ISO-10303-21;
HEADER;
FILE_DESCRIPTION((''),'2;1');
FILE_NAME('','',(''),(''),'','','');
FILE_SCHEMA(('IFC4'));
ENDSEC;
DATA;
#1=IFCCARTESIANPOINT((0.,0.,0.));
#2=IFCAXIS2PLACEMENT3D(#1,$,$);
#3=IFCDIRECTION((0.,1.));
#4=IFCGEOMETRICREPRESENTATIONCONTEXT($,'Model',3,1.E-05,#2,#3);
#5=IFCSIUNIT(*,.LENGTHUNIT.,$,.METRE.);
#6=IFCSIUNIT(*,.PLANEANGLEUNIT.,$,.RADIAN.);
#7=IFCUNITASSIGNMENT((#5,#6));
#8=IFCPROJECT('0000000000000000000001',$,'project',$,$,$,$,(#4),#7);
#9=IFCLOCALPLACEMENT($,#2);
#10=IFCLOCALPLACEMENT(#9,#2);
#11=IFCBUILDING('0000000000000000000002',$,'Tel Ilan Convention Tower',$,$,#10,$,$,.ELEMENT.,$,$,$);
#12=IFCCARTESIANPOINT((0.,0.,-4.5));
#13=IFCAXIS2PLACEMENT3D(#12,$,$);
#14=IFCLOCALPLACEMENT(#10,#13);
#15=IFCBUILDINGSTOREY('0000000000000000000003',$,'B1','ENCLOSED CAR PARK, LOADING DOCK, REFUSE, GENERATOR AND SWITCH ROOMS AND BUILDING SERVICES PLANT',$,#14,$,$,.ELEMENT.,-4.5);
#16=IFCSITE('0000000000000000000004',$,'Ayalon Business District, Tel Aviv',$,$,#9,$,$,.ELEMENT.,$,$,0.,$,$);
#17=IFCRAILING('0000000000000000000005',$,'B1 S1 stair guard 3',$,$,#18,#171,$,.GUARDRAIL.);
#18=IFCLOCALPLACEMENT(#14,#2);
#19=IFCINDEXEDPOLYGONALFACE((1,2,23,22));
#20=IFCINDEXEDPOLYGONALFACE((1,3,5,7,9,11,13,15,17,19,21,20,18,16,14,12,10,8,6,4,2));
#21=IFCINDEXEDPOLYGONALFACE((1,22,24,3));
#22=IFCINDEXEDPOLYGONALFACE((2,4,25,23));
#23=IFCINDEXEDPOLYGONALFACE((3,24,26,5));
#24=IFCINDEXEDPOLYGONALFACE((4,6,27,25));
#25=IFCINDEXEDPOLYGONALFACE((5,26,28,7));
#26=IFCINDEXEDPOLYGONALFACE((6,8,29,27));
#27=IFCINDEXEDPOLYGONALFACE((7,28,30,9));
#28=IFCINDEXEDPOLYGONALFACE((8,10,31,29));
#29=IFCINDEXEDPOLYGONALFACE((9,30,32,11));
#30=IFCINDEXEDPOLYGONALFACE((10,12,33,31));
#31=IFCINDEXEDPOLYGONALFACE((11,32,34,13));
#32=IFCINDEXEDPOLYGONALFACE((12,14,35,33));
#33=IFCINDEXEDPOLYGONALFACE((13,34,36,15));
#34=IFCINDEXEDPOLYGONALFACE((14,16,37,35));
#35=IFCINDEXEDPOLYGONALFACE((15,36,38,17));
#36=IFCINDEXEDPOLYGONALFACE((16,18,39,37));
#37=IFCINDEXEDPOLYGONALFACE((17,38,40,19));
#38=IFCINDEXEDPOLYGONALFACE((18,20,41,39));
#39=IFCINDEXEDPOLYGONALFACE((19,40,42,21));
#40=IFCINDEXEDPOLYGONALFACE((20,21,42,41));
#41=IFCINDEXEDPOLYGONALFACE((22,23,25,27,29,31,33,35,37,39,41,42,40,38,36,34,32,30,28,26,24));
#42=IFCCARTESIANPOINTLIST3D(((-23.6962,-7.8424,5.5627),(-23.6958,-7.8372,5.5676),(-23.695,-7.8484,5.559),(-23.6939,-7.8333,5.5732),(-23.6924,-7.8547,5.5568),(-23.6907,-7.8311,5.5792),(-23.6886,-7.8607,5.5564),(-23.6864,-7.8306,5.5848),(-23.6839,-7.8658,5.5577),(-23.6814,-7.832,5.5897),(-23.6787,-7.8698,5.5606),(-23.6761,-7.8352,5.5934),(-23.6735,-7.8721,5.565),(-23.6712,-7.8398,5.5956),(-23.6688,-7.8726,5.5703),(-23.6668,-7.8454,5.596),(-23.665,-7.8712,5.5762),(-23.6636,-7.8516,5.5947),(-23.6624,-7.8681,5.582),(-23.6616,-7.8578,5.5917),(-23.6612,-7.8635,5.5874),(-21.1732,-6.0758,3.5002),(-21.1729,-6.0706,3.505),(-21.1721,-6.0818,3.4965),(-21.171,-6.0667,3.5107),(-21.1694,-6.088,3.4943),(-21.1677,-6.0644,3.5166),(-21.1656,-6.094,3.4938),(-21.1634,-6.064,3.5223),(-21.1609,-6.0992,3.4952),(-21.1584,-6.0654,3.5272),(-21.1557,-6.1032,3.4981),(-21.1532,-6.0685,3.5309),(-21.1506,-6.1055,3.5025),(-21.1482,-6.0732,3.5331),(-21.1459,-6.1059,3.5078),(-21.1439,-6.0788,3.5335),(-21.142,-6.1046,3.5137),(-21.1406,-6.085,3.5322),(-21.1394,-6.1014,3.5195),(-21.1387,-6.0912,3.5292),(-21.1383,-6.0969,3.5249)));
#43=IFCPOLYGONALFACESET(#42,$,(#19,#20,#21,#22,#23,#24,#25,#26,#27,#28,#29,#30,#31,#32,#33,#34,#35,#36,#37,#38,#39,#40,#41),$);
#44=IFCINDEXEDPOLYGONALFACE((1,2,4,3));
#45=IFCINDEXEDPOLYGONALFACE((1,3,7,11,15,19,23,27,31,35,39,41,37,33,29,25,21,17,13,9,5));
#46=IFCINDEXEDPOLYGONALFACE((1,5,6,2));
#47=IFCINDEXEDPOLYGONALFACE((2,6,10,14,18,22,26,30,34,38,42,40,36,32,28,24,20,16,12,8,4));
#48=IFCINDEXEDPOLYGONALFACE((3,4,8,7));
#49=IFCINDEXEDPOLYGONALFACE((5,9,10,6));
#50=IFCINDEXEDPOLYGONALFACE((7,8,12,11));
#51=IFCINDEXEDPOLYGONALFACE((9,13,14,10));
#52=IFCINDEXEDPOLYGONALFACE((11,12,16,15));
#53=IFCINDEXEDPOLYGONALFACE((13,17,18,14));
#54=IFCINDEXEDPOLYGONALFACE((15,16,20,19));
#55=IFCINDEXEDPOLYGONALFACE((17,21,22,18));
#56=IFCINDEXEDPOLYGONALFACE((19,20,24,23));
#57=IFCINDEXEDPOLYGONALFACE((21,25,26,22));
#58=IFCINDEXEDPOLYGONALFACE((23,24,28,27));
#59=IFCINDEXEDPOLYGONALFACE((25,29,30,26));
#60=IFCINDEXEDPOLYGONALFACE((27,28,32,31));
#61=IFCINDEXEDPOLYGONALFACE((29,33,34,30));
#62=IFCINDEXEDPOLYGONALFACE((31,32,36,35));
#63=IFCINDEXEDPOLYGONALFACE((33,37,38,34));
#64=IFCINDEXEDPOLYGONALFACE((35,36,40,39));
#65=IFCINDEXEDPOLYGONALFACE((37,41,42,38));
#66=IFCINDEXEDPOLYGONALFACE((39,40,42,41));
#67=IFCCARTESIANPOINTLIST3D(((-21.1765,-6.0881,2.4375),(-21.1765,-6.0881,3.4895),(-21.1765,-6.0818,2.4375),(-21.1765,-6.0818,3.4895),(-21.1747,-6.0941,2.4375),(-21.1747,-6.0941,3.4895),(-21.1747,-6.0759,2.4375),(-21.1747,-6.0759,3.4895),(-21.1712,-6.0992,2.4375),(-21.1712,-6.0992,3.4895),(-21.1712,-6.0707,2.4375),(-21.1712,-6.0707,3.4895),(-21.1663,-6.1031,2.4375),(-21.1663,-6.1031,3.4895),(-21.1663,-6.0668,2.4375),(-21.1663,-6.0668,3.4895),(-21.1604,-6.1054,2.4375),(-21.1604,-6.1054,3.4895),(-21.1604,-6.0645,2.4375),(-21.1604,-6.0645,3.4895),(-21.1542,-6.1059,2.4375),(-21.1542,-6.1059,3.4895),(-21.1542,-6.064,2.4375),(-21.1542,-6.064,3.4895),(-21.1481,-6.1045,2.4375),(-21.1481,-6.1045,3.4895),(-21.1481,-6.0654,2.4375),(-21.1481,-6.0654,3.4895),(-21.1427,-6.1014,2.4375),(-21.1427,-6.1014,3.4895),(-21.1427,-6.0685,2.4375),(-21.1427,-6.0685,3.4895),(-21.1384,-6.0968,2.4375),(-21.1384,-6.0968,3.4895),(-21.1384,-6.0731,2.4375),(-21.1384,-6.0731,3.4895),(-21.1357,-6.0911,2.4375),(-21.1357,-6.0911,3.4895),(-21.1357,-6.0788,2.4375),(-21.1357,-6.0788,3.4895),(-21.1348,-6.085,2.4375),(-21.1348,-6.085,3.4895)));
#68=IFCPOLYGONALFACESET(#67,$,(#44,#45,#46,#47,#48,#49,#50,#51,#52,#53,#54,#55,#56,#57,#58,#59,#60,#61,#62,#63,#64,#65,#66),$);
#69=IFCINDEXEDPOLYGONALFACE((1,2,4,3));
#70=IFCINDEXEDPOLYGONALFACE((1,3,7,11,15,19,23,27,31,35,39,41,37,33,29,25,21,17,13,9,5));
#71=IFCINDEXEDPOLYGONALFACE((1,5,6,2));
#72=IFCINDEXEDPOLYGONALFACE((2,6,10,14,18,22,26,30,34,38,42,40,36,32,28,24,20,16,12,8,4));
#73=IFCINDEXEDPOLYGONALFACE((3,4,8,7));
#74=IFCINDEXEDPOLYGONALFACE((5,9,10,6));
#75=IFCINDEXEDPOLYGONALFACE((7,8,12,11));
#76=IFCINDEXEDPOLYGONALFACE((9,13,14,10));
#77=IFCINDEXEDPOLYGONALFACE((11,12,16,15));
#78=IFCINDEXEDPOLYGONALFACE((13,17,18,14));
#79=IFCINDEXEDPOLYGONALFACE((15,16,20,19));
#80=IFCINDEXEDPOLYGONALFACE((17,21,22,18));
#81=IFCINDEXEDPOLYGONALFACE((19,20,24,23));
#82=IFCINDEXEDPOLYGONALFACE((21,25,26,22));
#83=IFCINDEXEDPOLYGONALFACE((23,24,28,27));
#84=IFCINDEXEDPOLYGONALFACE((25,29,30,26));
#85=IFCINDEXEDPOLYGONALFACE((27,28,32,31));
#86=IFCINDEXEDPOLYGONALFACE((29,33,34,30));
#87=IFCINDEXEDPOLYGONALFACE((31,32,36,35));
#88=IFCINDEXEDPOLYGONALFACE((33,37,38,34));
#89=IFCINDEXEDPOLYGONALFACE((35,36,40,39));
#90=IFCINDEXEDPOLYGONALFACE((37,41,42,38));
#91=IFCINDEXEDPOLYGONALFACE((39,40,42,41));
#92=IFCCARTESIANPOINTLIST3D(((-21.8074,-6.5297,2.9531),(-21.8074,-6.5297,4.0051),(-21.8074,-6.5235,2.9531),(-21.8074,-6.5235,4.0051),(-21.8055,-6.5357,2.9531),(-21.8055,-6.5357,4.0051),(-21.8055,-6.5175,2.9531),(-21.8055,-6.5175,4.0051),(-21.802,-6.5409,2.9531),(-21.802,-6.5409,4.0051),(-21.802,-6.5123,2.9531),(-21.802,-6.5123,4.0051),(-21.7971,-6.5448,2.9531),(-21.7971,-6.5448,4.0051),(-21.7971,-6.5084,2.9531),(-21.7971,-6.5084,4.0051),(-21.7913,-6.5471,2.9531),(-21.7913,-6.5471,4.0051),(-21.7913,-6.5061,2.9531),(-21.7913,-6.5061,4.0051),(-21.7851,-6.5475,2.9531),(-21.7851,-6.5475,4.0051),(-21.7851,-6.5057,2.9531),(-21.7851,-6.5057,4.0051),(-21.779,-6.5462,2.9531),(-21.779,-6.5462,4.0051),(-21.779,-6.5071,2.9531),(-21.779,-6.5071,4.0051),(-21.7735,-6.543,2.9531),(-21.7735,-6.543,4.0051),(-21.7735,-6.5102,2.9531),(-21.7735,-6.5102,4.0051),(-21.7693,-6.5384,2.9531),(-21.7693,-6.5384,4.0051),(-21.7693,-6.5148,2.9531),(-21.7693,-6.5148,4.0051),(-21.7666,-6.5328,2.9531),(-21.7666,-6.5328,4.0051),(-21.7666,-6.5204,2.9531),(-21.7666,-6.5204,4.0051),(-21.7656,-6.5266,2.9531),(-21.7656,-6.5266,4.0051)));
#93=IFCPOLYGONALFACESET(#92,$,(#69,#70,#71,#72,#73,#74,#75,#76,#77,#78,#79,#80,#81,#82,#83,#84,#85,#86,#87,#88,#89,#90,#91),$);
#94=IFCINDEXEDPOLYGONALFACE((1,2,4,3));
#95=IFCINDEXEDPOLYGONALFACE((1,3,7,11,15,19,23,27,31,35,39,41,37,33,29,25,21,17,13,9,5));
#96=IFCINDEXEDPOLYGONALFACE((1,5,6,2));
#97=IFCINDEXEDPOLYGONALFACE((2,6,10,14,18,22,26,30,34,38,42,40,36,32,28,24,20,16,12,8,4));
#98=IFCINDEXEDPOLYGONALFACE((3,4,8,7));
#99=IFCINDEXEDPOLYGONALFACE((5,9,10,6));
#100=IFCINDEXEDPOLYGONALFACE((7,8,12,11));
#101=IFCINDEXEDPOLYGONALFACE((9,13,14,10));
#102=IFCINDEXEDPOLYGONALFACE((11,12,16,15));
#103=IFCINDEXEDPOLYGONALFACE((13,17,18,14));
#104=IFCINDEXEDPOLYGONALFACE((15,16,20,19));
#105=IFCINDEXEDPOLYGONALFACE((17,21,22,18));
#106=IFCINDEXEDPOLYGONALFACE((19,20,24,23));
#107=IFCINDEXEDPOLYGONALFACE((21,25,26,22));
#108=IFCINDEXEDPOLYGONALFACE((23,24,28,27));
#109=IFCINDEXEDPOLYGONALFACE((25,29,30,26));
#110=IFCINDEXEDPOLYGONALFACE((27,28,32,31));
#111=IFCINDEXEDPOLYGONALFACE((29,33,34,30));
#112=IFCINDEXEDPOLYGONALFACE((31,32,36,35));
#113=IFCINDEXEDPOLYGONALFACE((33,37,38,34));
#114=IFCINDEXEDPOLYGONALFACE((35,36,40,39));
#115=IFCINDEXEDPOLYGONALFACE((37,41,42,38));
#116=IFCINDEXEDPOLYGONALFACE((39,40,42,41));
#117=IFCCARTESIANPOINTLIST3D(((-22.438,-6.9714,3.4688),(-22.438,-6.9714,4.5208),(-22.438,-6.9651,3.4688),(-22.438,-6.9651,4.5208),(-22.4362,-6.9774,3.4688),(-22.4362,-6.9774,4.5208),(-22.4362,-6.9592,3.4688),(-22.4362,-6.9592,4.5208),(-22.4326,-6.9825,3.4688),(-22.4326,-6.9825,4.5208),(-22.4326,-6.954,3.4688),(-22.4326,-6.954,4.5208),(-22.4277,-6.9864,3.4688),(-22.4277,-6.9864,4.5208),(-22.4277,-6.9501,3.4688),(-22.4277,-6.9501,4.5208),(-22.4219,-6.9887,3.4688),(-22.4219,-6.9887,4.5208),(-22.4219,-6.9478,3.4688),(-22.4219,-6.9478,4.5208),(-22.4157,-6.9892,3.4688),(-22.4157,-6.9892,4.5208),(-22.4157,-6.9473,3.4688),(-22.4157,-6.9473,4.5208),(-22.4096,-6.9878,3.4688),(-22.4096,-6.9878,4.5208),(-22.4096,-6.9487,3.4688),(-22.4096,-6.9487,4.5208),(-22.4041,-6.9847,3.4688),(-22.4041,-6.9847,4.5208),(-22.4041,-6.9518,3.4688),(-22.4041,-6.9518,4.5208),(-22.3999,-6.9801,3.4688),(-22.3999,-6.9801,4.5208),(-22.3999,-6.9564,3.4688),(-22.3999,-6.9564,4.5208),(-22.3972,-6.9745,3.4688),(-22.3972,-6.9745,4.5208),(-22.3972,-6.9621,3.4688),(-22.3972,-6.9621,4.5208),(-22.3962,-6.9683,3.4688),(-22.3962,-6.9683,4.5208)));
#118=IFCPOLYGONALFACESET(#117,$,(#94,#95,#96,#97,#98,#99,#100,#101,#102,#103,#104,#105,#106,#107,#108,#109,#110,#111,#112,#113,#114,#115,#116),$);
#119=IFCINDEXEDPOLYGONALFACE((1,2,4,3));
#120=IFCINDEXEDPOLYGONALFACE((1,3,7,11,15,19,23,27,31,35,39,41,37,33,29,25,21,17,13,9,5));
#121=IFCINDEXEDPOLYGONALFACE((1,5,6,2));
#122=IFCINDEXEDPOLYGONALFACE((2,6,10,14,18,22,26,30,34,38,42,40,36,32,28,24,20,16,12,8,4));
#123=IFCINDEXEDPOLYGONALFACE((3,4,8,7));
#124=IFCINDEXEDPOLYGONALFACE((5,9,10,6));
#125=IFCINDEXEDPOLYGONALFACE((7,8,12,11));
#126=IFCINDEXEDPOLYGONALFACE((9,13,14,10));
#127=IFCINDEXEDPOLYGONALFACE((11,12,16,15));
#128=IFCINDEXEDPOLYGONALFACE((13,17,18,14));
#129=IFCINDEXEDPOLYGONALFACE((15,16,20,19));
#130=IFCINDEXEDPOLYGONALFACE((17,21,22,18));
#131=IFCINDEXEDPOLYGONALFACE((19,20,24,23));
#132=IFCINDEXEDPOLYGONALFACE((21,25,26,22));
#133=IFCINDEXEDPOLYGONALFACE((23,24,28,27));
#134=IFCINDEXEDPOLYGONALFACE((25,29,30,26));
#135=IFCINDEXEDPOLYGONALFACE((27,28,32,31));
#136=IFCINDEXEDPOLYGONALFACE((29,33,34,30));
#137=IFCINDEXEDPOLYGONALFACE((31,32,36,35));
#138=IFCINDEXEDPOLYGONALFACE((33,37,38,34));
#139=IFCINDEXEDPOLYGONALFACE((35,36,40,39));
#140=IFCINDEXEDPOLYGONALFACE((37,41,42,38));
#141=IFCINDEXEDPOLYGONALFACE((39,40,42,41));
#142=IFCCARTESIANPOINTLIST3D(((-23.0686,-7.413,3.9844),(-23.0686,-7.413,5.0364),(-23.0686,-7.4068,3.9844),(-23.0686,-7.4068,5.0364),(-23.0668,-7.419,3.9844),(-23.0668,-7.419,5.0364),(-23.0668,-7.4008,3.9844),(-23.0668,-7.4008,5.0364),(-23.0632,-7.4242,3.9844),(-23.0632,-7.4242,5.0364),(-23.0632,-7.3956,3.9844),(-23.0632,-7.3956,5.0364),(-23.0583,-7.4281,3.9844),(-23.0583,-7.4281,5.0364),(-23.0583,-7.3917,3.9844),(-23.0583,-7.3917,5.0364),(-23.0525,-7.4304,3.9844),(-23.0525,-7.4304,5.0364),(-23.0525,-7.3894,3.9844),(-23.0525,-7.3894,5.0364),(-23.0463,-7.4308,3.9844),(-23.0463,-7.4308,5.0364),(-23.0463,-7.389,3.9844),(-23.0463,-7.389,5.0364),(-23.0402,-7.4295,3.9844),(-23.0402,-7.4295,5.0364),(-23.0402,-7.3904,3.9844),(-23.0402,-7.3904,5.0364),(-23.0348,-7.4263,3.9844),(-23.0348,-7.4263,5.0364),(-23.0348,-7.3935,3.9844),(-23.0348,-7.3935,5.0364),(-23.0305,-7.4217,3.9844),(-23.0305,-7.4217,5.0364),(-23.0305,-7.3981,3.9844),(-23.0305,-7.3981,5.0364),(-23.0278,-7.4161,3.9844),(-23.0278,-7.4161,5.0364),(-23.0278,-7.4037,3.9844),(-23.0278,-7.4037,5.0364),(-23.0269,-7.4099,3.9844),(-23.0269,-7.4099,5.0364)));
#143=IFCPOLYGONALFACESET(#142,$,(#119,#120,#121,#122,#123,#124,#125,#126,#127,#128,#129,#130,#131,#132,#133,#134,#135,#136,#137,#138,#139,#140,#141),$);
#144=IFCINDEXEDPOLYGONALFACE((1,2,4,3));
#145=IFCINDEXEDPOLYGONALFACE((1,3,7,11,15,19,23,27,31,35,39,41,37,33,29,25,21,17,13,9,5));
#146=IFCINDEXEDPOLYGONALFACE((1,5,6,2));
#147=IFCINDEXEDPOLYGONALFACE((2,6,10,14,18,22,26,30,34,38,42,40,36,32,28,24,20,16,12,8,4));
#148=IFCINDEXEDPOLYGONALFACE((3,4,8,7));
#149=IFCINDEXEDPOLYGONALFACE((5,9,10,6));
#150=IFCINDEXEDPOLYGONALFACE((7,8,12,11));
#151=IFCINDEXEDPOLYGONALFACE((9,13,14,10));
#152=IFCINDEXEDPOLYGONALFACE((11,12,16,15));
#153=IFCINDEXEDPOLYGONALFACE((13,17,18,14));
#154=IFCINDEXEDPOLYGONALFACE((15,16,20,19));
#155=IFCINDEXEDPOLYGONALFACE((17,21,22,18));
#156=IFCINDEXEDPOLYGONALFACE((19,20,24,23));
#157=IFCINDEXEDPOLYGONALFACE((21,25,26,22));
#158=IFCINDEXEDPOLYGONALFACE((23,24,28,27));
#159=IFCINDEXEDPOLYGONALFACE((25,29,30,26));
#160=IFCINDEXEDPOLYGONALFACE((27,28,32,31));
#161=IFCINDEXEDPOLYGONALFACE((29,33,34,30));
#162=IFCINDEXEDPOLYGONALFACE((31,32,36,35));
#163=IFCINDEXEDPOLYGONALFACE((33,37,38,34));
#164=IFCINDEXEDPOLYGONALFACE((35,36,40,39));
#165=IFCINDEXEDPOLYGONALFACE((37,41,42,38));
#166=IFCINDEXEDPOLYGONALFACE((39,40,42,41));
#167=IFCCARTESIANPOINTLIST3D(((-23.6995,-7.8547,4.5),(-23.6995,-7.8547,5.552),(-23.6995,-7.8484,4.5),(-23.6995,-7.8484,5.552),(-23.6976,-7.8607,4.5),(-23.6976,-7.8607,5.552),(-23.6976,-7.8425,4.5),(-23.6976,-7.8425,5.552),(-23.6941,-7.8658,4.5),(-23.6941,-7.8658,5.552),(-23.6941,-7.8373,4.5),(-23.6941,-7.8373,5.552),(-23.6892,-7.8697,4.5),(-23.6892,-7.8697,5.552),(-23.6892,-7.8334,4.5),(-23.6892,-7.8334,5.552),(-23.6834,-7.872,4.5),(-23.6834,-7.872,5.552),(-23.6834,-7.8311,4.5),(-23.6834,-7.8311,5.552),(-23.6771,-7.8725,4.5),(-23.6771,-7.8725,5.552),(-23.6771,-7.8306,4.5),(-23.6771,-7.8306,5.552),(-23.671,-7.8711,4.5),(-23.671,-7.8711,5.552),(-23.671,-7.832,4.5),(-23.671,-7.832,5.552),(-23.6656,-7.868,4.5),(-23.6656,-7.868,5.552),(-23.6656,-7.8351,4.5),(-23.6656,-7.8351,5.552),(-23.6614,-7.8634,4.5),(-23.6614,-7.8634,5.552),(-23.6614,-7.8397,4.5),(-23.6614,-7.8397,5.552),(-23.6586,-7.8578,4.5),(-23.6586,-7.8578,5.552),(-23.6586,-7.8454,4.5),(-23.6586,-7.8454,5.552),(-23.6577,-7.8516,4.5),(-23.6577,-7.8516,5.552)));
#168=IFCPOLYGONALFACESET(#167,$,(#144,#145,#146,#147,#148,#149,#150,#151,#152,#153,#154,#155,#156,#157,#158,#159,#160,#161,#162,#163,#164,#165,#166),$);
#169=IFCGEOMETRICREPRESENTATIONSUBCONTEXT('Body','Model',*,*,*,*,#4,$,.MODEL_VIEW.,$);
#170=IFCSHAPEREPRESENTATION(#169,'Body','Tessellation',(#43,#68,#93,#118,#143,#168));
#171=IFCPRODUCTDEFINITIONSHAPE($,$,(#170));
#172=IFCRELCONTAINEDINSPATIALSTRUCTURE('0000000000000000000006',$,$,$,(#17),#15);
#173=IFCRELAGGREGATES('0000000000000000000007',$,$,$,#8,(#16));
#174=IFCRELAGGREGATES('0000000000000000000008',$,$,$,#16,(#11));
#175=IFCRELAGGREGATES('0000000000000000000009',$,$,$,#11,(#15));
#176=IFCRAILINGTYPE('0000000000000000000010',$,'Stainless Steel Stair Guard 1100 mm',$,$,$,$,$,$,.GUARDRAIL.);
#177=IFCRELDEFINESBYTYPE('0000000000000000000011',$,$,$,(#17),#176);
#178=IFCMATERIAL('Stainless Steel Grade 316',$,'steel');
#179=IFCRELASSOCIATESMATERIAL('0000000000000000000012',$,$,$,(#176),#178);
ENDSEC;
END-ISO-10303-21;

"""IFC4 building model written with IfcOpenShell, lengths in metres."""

from ifc_helpers import new_model, si_unit, direction, frame, origin, origin_2d, place, context, subcontext, project, spatial, circle, extrude, material, type_object, element, save


model = new_model("IFC4")

# Units and contexts
model_context = context("Model", 3, precision=1e-05, world=origin(), true_north=direction((0.0, 1.0)))
body_context = subcontext(model_context, "Body", "Model", "MODEL_VIEW")
ifc_project = project(units=[si_unit("LENGTHUNIT", "METRE"), si_unit("PLANEANGLEUNIT", "RADIAN")], contexts=[model_context])

# Site, building, storey
site_placement = place(None, origin())
site = spatial("IfcSite", under=ifc_project, at=site_placement, Name="Ayalon Business District, Tel Aviv", CompositionType="ELEMENT", RefElevation=0.0)
building_placement = place(site_placement, origin())
building = spatial("IfcBuilding", under=site, at=building_placement, Name="Tel Ilan Convention Tower", CompositionType="ELEMENT")
storey_placement = place(building_placement, frame((0.0, 0.0, -4.5)))
storey = spatial("IfcBuildingStorey", under=building, at=storey_placement, Name="B1", Description="ENCLOSED CAR PARK, LOADING DOCK, REFUSE, GENERATOR AND SWITCH ROOMS AND BUILDING SERVICES PLANT", CompositionType="ELEMENT", Elevation=-4.5)

# Railing
ifc_material_1 = material(Name="Stainless Steel Grade 316", Category="steel")
railing_type_1 = type_object("IfcRailingType", Name="Stainless Steel Stair Guard 1100 mm", PredefinedType="GUARDRAIL", material=ifc_material_1)
railing_1_placement = place(storey_placement, frame((-21.1558, -6.085, 2.4375)))
element("IfcRailing", 1, at=railing_1_placement, inside=storey, type_object=railing_type_1, Name="B1 S1 stair guard 3", PredefinedType="GUARDRAIL", context=body_context, shape_type="SweptSolid", body=[
    extrude(circle(Radius=0.0239, at=origin_2d()), frame((0.0, 0.0, 1.0762), z_axis=(-0.680635, -0.476589, 0.556416), x_axis=(0.573579, -0.81915, 0.0)), (0.0, 0.0, 1.0), 3.7068),
    extrude(circle(Radius=0.021, at=origin_2d()), origin(), (0.0, 0.0, 1.0), 1.052),
    extrude(circle(Radius=0.021, at=origin_2d()), frame((-0.6309, -0.4417, 0.5156)), (0.0, 0.0, 1.0), 1.052),
    extrude(circle(Radius=0.021, at=origin_2d()), frame((-1.2615, -0.8833, 1.0312)), (0.0, 0.0, 1.0), 1.052),
    extrude(circle(Radius=0.021, at=origin_2d()), frame((-1.8921, -1.325, 1.5469)), (0.0, 0.0, 1.0), 1.052),
    extrude(circle(Radius=0.021, at=origin_2d()), frame((-2.5229, -1.7666, 2.0625)), (0.0, 0.0, 1.0), 1.052),
])

save(model, "model.ifc")
